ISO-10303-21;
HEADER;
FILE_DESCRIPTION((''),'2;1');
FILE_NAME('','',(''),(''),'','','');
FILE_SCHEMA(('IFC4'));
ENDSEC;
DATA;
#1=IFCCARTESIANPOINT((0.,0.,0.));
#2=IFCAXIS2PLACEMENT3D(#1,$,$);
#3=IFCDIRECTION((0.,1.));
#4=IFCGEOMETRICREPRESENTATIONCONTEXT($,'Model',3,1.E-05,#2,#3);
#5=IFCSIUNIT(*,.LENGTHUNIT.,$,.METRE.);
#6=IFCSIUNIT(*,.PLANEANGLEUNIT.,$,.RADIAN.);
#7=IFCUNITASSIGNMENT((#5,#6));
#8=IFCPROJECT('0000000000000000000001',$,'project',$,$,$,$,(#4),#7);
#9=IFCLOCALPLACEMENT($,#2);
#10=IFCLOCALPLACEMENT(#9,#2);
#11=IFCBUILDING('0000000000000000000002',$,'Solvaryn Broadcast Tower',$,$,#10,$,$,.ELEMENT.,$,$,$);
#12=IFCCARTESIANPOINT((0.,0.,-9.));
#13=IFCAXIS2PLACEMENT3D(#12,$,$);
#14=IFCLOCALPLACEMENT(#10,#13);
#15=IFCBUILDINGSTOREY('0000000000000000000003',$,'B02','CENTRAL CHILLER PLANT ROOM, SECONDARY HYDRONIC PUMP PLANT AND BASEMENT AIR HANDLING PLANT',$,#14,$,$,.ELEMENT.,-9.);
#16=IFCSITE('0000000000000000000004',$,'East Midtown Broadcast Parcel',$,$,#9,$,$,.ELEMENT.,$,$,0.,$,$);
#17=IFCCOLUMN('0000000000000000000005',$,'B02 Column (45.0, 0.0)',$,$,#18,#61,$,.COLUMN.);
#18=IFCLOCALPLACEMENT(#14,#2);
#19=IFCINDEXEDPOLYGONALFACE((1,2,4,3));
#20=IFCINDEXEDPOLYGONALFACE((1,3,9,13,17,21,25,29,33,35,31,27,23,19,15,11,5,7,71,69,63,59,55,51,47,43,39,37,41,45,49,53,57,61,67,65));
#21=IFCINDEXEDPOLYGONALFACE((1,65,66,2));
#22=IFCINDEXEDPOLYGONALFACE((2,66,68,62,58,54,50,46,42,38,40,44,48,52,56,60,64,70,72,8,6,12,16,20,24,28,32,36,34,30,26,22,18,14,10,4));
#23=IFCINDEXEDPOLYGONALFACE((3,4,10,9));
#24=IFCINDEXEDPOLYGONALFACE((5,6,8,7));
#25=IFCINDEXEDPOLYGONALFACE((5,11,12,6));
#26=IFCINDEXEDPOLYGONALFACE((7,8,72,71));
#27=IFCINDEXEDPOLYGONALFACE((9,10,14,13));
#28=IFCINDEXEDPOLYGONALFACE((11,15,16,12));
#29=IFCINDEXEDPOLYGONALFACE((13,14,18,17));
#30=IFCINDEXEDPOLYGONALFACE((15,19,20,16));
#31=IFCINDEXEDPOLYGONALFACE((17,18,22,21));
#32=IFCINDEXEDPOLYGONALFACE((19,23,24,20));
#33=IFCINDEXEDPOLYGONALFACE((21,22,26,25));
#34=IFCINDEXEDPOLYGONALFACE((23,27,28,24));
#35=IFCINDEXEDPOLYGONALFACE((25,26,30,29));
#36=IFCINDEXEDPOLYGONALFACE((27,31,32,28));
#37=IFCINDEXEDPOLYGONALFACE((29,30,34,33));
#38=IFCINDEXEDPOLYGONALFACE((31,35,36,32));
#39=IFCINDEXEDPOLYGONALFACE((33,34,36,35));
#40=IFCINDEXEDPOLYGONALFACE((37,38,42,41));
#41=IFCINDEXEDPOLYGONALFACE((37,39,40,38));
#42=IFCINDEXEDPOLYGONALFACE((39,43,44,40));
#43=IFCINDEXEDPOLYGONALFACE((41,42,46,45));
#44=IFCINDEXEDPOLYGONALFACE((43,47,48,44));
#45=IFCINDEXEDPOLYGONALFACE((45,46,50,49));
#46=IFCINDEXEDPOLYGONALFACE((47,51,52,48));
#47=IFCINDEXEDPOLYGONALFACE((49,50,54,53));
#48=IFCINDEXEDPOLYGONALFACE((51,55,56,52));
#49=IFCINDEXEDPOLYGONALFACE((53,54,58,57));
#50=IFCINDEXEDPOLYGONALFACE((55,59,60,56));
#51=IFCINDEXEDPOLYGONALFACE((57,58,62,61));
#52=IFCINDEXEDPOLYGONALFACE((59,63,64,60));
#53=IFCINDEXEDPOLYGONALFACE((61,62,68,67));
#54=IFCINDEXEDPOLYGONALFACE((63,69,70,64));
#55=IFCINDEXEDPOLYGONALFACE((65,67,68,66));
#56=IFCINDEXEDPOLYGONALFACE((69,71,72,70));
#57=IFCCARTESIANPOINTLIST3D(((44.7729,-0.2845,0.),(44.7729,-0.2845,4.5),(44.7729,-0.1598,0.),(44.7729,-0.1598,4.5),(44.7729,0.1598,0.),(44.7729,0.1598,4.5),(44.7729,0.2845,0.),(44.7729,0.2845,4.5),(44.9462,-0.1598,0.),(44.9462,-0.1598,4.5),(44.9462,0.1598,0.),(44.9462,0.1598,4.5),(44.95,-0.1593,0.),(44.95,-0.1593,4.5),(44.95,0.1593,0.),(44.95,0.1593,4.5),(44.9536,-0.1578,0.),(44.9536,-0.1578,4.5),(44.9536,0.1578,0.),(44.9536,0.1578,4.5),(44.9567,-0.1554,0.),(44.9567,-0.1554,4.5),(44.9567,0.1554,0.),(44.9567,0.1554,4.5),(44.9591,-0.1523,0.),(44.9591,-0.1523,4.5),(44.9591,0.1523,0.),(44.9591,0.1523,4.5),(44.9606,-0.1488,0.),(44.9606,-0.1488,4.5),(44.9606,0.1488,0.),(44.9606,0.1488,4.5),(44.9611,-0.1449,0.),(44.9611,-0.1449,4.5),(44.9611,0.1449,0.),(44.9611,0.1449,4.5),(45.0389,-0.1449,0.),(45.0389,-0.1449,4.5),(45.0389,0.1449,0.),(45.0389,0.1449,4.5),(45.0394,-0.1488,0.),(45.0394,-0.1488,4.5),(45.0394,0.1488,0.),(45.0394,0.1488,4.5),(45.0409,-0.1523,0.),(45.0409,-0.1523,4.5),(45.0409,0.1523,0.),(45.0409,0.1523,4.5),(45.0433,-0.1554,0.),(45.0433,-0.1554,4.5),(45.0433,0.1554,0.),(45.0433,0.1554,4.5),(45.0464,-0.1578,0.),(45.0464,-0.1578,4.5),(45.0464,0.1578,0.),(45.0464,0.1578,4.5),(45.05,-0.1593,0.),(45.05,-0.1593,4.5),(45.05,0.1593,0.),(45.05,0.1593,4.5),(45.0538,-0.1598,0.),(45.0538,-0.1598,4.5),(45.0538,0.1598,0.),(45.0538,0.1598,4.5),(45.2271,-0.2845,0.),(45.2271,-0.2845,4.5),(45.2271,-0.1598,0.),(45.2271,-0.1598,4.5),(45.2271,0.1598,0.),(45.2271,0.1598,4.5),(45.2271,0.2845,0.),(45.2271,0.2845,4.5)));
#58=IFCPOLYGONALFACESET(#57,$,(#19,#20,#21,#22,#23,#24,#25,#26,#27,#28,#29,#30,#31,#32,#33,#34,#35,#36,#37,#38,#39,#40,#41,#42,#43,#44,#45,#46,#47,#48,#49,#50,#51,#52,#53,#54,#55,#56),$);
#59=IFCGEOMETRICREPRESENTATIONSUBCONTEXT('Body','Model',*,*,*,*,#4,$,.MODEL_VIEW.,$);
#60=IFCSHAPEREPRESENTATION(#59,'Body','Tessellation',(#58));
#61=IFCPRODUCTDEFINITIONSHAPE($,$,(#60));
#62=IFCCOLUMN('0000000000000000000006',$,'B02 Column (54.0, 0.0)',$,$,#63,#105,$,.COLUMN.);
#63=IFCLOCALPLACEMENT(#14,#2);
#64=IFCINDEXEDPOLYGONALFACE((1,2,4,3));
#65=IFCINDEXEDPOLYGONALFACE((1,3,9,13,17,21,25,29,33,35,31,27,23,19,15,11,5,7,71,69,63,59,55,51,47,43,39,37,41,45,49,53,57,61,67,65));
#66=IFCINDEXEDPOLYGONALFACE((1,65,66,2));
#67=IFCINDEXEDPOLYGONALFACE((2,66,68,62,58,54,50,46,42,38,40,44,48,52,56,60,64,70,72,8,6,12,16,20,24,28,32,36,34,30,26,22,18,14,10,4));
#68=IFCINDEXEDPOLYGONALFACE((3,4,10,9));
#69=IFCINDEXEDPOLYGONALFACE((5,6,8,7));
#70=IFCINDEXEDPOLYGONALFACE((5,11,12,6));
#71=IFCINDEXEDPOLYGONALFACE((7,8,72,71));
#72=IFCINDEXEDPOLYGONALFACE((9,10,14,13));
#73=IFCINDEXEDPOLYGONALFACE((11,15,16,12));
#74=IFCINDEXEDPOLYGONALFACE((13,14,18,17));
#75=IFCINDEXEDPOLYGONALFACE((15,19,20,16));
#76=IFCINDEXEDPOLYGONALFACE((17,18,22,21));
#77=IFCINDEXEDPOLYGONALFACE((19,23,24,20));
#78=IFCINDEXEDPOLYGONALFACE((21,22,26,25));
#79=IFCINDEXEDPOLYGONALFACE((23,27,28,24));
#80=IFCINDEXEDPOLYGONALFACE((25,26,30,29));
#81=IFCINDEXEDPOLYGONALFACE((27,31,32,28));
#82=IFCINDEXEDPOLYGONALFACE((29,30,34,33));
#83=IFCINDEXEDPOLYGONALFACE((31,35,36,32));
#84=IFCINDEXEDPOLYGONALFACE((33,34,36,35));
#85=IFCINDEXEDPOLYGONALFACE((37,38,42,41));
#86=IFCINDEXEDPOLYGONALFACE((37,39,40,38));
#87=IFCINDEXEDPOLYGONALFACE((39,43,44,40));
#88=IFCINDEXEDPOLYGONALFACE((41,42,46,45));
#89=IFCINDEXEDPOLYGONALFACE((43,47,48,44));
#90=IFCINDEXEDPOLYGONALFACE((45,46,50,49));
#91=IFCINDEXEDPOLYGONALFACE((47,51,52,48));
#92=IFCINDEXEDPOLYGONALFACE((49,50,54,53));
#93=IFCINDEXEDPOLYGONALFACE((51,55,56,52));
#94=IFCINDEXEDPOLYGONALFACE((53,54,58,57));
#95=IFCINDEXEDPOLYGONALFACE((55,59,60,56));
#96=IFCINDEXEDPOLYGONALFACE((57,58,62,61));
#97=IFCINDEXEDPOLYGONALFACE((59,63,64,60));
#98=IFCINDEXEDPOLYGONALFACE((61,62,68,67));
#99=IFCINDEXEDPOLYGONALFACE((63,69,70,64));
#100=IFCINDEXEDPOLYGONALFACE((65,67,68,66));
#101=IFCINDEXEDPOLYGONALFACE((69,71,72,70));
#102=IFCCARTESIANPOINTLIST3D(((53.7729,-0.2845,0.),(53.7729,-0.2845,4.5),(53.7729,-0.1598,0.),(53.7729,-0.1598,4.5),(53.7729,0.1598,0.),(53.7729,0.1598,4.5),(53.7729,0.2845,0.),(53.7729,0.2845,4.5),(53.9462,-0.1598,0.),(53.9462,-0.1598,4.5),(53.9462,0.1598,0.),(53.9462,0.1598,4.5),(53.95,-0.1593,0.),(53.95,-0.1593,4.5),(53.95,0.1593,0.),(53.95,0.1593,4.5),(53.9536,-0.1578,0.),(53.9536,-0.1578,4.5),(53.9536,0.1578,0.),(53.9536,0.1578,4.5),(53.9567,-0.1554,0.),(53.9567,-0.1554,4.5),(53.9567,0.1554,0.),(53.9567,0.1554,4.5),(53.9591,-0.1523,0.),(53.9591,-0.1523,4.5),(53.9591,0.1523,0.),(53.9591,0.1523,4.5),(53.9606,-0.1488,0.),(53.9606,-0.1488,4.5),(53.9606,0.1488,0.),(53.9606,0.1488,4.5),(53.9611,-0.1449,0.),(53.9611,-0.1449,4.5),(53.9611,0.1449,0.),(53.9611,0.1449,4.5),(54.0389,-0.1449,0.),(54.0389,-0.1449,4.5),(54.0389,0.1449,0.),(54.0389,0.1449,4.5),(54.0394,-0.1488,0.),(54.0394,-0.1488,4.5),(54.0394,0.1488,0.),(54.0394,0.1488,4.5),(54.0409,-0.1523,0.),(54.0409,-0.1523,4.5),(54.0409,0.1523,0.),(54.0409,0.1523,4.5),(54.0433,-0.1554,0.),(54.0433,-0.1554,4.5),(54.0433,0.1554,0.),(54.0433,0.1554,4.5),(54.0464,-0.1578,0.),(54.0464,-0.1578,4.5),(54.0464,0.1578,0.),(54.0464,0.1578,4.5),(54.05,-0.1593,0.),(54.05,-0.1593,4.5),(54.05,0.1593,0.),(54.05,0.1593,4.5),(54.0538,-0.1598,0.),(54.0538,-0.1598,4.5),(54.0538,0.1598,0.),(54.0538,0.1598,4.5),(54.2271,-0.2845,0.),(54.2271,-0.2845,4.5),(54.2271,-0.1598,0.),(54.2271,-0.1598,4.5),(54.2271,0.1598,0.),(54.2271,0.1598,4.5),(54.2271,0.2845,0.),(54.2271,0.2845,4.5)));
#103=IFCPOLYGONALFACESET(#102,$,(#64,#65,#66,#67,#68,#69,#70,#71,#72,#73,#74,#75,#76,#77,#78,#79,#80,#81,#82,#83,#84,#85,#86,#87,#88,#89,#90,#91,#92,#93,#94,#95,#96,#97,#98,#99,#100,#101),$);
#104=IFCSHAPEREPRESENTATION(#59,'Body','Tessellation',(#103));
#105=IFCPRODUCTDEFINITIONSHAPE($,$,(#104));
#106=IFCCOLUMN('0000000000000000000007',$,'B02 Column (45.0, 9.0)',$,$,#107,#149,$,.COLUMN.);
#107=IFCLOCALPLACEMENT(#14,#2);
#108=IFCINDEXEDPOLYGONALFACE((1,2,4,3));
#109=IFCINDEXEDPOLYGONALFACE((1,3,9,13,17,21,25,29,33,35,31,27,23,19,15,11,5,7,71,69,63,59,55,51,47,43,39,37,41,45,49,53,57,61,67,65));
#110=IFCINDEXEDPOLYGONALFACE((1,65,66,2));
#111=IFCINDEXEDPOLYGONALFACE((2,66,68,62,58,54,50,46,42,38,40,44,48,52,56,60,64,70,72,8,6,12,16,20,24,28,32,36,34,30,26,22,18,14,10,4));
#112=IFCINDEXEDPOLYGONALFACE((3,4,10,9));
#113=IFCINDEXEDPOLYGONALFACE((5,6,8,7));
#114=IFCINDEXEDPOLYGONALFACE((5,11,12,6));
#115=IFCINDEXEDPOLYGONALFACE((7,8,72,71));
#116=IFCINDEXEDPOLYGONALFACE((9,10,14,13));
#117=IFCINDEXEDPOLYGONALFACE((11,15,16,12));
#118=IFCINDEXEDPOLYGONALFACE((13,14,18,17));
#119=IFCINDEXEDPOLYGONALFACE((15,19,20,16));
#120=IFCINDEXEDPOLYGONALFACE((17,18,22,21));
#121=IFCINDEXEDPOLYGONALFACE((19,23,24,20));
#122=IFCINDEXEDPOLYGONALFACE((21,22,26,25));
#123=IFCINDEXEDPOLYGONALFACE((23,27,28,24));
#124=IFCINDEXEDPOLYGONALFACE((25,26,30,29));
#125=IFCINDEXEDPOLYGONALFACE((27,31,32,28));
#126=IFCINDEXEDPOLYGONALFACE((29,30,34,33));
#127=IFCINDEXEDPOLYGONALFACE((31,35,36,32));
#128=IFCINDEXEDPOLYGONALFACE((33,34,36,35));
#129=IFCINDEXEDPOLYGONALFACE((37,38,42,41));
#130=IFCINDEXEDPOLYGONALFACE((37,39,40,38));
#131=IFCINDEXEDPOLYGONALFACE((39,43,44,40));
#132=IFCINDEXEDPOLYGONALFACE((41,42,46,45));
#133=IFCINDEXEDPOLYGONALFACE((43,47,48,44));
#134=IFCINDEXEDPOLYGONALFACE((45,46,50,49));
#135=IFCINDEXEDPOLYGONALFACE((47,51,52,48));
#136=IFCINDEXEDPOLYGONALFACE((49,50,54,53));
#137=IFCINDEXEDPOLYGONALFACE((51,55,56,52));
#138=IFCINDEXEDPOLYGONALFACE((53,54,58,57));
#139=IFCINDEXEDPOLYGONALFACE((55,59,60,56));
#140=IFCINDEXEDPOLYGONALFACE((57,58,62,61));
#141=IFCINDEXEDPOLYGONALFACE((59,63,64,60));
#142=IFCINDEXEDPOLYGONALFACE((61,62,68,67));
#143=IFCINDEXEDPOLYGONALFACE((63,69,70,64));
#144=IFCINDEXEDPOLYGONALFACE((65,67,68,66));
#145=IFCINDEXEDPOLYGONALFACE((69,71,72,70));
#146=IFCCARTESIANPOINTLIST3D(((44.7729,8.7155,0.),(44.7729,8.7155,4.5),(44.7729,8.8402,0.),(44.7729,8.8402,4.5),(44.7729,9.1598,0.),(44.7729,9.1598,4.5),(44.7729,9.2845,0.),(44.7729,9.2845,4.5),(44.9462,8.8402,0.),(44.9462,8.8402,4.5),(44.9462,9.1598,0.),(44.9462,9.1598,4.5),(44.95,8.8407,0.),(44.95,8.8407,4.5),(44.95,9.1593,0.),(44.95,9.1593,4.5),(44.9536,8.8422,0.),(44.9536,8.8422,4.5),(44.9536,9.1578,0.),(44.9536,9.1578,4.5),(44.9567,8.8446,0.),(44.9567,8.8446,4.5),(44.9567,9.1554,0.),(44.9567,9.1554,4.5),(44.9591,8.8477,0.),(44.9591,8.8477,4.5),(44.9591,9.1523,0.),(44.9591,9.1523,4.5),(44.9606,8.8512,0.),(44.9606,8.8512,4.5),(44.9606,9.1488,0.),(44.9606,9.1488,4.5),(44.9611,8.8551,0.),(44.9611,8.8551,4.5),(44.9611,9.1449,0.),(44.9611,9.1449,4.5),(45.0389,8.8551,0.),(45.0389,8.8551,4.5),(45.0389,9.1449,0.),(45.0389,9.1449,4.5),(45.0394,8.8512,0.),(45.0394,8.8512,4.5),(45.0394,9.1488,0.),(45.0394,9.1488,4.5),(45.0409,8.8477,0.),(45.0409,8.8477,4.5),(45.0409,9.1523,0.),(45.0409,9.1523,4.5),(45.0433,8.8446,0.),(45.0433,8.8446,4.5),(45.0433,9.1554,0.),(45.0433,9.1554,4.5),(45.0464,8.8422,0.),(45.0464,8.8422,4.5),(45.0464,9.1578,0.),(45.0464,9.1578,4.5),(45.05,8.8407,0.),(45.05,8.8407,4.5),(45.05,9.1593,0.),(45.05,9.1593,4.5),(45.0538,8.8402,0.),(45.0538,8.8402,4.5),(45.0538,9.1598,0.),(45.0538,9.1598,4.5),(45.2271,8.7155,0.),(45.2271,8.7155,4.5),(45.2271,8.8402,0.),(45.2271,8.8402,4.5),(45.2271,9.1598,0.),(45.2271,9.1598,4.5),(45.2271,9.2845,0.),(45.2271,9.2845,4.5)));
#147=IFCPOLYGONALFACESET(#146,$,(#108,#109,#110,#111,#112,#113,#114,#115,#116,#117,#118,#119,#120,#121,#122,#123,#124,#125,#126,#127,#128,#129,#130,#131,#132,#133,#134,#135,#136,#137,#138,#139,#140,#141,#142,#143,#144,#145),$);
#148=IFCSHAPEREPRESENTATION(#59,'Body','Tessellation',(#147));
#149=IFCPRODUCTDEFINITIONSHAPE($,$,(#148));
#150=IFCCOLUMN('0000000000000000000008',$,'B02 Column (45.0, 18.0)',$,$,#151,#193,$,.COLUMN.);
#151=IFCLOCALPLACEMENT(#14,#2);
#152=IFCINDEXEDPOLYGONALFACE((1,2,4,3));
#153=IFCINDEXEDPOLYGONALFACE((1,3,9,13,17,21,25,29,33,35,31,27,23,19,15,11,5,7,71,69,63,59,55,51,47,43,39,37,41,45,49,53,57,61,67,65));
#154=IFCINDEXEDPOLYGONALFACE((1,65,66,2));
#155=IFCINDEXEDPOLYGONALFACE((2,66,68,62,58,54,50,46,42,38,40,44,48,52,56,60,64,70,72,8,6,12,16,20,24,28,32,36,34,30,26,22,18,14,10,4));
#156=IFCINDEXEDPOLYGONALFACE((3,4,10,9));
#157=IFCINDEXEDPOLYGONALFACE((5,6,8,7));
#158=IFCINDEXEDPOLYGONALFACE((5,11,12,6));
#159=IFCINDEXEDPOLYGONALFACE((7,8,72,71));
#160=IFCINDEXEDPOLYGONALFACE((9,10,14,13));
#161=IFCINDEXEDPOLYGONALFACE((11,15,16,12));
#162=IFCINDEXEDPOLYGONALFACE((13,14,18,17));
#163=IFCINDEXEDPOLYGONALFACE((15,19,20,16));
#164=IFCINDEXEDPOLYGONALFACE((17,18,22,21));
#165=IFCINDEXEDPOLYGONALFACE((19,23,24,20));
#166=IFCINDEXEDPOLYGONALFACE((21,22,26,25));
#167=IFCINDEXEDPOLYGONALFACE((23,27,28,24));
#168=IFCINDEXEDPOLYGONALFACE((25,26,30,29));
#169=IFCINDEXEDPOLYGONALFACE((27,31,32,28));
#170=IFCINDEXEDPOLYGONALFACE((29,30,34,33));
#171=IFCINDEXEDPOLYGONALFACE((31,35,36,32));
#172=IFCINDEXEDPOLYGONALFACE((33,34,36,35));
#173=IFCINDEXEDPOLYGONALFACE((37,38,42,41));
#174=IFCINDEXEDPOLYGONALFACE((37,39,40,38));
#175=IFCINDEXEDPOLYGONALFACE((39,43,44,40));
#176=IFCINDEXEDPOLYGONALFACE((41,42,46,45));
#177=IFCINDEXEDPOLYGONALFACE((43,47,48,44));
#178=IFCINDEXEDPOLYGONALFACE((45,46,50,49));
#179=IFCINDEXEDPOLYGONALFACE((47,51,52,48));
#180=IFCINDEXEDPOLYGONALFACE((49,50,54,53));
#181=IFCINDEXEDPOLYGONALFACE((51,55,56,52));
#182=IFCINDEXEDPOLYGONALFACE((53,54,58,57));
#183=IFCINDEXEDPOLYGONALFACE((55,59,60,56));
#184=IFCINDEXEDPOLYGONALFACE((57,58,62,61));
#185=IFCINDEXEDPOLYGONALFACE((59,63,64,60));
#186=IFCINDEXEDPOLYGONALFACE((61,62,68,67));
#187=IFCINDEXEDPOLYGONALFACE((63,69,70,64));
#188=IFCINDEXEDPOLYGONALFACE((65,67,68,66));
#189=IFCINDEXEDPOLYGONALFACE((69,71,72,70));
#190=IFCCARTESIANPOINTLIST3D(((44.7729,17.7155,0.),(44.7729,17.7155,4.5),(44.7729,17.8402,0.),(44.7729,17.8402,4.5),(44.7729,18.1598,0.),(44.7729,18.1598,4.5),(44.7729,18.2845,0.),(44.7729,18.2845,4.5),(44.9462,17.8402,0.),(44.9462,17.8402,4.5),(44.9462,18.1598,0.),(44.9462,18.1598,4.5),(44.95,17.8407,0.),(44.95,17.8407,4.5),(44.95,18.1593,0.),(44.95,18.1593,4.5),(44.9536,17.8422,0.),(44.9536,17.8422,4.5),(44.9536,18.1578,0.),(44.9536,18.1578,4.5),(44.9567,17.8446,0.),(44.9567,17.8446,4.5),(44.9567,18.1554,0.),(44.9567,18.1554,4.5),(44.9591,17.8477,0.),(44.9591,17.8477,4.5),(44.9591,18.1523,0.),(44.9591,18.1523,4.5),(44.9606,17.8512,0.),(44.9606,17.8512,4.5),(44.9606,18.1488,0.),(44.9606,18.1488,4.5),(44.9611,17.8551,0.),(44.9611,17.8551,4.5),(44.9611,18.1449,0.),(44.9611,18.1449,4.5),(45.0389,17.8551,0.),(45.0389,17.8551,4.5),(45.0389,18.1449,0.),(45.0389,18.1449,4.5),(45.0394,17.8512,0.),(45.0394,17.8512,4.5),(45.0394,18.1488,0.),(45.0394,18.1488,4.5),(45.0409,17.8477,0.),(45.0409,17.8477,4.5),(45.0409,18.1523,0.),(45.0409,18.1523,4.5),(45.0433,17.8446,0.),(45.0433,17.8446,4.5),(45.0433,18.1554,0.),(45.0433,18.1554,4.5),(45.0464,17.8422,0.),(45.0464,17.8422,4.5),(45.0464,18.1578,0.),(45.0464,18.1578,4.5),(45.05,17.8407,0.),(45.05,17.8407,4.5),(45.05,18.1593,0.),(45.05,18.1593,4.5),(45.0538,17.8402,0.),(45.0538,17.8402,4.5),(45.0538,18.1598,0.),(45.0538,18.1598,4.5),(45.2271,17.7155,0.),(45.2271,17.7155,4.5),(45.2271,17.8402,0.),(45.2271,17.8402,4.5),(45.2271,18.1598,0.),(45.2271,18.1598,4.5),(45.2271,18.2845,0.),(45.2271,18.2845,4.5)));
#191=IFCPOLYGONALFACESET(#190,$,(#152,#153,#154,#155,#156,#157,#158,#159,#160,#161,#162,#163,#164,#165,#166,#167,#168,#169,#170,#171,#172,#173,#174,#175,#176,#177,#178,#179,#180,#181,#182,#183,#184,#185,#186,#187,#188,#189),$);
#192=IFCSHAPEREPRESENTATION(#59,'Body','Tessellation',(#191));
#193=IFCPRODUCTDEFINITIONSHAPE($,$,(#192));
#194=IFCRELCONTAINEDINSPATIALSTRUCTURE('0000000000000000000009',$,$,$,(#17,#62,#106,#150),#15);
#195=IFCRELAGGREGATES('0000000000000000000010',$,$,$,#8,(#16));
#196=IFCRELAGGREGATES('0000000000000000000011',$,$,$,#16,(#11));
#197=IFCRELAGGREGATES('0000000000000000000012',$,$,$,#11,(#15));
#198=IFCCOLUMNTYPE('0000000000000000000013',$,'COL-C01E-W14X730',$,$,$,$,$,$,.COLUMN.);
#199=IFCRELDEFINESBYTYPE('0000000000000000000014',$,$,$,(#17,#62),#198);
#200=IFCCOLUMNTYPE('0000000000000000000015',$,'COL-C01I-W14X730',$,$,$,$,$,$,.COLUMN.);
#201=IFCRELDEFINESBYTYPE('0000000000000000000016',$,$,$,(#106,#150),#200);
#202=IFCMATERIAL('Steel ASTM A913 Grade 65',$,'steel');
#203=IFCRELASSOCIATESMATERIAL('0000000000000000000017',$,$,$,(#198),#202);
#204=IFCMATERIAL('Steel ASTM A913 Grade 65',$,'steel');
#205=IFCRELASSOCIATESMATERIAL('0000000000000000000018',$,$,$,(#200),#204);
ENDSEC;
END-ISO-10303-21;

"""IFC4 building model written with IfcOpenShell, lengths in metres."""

from ifc_helpers import new_model, si_unit, direction, frame, origin, origin_2d, place, context, subcontext, project, spatial, i_section, extrude, material, material_profile, profile_set, type_object, element, save


model = new_model("IFC4")

# Units and contexts
model_context = context("Model", 3, precision=1e-05, world=origin(), true_north=direction((0.0, 1.0)))
body_context = subcontext(model_context, "Body", "Model", "MODEL_VIEW")
ifc_project = project(units=[si_unit("LENGTHUNIT", "METRE"), si_unit("PLANEANGLEUNIT", "RADIAN")], contexts=[model_context])

# Site, building, storey
site_placement = place(None, origin())
site = spatial("IfcSite", under=ifc_project, at=site_placement, Name="East Midtown Broadcast Parcel", CompositionType="ELEMENT", RefElevation=0.0)
building_placement = place(site_placement, origin())
building = spatial("IfcBuilding", under=site, at=building_placement, Name="Solvaryn Broadcast Tower", CompositionType="ELEMENT")
storey_placement = place(building_placement, frame((0.0, 0.0, -9.0)))
storey = spatial("IfcBuildingStorey", under=building, at=storey_placement, Name="B02", Description="CENTRAL CHILLER PLANT ROOM, SECONDARY HYDRONIC PUMP PLANT AND BASEMENT AIR HANDLING PLANT", CompositionType="ELEMENT", Elevation=-9.0)

# Columns
ifc_material_1 = material(Name="Steel ASTM A913 Grade 65", Category="steel")
ifc_material_profile_1 = material_profile(ifc_material_1, i_section(OverallWidth=0.4541, OverallDepth=0.5691, WebThickness=0.0779, FlangeThickness=0.1248, FilletRadius=0.0149, at=origin_2d()))
ifc_profile_set_1 = profile_set([ifc_material_profile_1], Name="Steel ASTM A913 Grade 65")
column_type_1 = type_object("IfcColumnType", Name="COL-C01E-W14X730", PredefinedType="COLUMN", material=ifc_profile_set_1)
for number, where, z_axis, x_axis, name in (
    (1, (45.0, 0.0, 0.0), (0.0, 0.0, 1.0), (1.0, 0.0, 0.0), "B02 Column (45.0, 0.0)"),
    (2, (54.0, 0.0, 0.0), (0.0, 0.0, 1.0), (1.0, 0.0, 0.0), "B02 Column (54.0, 0.0)"),
):
    element("IfcColumn", number, at=place(storey_placement, frame(where, z_axis=z_axis, x_axis=x_axis)), inside=storey, type_object=column_type_1, Name=name, PredefinedType="COLUMN", context=body_context, shape_type="SweptSolid", body=[
        extrude(i_section(OverallWidth=0.4541, OverallDepth=0.5691, WebThickness=0.0779, FlangeThickness=0.1248, FilletRadius=0.0149, at=origin_2d()), origin(), (0.0, 0.0, 1.0), 4.5),
    ])
ifc_material_2 = material(Name="Steel ASTM A913 Grade 65", Category="steel")
ifc_material_profile_2 = material_profile(ifc_material_2, i_section(OverallWidth=0.4541, OverallDepth=0.5691, WebThickness=0.0779, FlangeThickness=0.1248, FilletRadius=0.0149, at=origin_2d()))
ifc_profile_set_2 = profile_set([ifc_material_profile_2], Name="Steel ASTM A913 Grade 65")
column_type_2 = type_object("IfcColumnType", Name="COL-C01I-W14X730", PredefinedType="COLUMN", material=ifc_profile_set_2)
for number, where, z_axis, x_axis, name in (
    (3, (45.0, 9.0, 0.0), (0.0, 0.0, 1.0), (1.0, 0.0, 0.0), "B02 Column (45.0, 9.0)"),
    (4, (45.0, 18.0, 0.0), (0.0, 0.0, 1.0), (1.0, 0.0, 0.0), "B02 Column (45.0, 18.0)"),
):
    element("IfcColumn", number, at=place(storey_placement, frame(where, z_axis=z_axis, x_axis=x_axis)), inside=storey, type_object=column_type_2, Name=name, PredefinedType="COLUMN", context=body_context, shape_type="SweptSolid", body=[
        extrude(i_section(OverallWidth=0.4541, OverallDepth=0.5691, WebThickness=0.0779, FlangeThickness=0.1248, FilletRadius=0.0149, at=origin_2d()), origin(), (0.0, 0.0, 1.0), 4.5),
    ])

save(model, "model.ifc")
